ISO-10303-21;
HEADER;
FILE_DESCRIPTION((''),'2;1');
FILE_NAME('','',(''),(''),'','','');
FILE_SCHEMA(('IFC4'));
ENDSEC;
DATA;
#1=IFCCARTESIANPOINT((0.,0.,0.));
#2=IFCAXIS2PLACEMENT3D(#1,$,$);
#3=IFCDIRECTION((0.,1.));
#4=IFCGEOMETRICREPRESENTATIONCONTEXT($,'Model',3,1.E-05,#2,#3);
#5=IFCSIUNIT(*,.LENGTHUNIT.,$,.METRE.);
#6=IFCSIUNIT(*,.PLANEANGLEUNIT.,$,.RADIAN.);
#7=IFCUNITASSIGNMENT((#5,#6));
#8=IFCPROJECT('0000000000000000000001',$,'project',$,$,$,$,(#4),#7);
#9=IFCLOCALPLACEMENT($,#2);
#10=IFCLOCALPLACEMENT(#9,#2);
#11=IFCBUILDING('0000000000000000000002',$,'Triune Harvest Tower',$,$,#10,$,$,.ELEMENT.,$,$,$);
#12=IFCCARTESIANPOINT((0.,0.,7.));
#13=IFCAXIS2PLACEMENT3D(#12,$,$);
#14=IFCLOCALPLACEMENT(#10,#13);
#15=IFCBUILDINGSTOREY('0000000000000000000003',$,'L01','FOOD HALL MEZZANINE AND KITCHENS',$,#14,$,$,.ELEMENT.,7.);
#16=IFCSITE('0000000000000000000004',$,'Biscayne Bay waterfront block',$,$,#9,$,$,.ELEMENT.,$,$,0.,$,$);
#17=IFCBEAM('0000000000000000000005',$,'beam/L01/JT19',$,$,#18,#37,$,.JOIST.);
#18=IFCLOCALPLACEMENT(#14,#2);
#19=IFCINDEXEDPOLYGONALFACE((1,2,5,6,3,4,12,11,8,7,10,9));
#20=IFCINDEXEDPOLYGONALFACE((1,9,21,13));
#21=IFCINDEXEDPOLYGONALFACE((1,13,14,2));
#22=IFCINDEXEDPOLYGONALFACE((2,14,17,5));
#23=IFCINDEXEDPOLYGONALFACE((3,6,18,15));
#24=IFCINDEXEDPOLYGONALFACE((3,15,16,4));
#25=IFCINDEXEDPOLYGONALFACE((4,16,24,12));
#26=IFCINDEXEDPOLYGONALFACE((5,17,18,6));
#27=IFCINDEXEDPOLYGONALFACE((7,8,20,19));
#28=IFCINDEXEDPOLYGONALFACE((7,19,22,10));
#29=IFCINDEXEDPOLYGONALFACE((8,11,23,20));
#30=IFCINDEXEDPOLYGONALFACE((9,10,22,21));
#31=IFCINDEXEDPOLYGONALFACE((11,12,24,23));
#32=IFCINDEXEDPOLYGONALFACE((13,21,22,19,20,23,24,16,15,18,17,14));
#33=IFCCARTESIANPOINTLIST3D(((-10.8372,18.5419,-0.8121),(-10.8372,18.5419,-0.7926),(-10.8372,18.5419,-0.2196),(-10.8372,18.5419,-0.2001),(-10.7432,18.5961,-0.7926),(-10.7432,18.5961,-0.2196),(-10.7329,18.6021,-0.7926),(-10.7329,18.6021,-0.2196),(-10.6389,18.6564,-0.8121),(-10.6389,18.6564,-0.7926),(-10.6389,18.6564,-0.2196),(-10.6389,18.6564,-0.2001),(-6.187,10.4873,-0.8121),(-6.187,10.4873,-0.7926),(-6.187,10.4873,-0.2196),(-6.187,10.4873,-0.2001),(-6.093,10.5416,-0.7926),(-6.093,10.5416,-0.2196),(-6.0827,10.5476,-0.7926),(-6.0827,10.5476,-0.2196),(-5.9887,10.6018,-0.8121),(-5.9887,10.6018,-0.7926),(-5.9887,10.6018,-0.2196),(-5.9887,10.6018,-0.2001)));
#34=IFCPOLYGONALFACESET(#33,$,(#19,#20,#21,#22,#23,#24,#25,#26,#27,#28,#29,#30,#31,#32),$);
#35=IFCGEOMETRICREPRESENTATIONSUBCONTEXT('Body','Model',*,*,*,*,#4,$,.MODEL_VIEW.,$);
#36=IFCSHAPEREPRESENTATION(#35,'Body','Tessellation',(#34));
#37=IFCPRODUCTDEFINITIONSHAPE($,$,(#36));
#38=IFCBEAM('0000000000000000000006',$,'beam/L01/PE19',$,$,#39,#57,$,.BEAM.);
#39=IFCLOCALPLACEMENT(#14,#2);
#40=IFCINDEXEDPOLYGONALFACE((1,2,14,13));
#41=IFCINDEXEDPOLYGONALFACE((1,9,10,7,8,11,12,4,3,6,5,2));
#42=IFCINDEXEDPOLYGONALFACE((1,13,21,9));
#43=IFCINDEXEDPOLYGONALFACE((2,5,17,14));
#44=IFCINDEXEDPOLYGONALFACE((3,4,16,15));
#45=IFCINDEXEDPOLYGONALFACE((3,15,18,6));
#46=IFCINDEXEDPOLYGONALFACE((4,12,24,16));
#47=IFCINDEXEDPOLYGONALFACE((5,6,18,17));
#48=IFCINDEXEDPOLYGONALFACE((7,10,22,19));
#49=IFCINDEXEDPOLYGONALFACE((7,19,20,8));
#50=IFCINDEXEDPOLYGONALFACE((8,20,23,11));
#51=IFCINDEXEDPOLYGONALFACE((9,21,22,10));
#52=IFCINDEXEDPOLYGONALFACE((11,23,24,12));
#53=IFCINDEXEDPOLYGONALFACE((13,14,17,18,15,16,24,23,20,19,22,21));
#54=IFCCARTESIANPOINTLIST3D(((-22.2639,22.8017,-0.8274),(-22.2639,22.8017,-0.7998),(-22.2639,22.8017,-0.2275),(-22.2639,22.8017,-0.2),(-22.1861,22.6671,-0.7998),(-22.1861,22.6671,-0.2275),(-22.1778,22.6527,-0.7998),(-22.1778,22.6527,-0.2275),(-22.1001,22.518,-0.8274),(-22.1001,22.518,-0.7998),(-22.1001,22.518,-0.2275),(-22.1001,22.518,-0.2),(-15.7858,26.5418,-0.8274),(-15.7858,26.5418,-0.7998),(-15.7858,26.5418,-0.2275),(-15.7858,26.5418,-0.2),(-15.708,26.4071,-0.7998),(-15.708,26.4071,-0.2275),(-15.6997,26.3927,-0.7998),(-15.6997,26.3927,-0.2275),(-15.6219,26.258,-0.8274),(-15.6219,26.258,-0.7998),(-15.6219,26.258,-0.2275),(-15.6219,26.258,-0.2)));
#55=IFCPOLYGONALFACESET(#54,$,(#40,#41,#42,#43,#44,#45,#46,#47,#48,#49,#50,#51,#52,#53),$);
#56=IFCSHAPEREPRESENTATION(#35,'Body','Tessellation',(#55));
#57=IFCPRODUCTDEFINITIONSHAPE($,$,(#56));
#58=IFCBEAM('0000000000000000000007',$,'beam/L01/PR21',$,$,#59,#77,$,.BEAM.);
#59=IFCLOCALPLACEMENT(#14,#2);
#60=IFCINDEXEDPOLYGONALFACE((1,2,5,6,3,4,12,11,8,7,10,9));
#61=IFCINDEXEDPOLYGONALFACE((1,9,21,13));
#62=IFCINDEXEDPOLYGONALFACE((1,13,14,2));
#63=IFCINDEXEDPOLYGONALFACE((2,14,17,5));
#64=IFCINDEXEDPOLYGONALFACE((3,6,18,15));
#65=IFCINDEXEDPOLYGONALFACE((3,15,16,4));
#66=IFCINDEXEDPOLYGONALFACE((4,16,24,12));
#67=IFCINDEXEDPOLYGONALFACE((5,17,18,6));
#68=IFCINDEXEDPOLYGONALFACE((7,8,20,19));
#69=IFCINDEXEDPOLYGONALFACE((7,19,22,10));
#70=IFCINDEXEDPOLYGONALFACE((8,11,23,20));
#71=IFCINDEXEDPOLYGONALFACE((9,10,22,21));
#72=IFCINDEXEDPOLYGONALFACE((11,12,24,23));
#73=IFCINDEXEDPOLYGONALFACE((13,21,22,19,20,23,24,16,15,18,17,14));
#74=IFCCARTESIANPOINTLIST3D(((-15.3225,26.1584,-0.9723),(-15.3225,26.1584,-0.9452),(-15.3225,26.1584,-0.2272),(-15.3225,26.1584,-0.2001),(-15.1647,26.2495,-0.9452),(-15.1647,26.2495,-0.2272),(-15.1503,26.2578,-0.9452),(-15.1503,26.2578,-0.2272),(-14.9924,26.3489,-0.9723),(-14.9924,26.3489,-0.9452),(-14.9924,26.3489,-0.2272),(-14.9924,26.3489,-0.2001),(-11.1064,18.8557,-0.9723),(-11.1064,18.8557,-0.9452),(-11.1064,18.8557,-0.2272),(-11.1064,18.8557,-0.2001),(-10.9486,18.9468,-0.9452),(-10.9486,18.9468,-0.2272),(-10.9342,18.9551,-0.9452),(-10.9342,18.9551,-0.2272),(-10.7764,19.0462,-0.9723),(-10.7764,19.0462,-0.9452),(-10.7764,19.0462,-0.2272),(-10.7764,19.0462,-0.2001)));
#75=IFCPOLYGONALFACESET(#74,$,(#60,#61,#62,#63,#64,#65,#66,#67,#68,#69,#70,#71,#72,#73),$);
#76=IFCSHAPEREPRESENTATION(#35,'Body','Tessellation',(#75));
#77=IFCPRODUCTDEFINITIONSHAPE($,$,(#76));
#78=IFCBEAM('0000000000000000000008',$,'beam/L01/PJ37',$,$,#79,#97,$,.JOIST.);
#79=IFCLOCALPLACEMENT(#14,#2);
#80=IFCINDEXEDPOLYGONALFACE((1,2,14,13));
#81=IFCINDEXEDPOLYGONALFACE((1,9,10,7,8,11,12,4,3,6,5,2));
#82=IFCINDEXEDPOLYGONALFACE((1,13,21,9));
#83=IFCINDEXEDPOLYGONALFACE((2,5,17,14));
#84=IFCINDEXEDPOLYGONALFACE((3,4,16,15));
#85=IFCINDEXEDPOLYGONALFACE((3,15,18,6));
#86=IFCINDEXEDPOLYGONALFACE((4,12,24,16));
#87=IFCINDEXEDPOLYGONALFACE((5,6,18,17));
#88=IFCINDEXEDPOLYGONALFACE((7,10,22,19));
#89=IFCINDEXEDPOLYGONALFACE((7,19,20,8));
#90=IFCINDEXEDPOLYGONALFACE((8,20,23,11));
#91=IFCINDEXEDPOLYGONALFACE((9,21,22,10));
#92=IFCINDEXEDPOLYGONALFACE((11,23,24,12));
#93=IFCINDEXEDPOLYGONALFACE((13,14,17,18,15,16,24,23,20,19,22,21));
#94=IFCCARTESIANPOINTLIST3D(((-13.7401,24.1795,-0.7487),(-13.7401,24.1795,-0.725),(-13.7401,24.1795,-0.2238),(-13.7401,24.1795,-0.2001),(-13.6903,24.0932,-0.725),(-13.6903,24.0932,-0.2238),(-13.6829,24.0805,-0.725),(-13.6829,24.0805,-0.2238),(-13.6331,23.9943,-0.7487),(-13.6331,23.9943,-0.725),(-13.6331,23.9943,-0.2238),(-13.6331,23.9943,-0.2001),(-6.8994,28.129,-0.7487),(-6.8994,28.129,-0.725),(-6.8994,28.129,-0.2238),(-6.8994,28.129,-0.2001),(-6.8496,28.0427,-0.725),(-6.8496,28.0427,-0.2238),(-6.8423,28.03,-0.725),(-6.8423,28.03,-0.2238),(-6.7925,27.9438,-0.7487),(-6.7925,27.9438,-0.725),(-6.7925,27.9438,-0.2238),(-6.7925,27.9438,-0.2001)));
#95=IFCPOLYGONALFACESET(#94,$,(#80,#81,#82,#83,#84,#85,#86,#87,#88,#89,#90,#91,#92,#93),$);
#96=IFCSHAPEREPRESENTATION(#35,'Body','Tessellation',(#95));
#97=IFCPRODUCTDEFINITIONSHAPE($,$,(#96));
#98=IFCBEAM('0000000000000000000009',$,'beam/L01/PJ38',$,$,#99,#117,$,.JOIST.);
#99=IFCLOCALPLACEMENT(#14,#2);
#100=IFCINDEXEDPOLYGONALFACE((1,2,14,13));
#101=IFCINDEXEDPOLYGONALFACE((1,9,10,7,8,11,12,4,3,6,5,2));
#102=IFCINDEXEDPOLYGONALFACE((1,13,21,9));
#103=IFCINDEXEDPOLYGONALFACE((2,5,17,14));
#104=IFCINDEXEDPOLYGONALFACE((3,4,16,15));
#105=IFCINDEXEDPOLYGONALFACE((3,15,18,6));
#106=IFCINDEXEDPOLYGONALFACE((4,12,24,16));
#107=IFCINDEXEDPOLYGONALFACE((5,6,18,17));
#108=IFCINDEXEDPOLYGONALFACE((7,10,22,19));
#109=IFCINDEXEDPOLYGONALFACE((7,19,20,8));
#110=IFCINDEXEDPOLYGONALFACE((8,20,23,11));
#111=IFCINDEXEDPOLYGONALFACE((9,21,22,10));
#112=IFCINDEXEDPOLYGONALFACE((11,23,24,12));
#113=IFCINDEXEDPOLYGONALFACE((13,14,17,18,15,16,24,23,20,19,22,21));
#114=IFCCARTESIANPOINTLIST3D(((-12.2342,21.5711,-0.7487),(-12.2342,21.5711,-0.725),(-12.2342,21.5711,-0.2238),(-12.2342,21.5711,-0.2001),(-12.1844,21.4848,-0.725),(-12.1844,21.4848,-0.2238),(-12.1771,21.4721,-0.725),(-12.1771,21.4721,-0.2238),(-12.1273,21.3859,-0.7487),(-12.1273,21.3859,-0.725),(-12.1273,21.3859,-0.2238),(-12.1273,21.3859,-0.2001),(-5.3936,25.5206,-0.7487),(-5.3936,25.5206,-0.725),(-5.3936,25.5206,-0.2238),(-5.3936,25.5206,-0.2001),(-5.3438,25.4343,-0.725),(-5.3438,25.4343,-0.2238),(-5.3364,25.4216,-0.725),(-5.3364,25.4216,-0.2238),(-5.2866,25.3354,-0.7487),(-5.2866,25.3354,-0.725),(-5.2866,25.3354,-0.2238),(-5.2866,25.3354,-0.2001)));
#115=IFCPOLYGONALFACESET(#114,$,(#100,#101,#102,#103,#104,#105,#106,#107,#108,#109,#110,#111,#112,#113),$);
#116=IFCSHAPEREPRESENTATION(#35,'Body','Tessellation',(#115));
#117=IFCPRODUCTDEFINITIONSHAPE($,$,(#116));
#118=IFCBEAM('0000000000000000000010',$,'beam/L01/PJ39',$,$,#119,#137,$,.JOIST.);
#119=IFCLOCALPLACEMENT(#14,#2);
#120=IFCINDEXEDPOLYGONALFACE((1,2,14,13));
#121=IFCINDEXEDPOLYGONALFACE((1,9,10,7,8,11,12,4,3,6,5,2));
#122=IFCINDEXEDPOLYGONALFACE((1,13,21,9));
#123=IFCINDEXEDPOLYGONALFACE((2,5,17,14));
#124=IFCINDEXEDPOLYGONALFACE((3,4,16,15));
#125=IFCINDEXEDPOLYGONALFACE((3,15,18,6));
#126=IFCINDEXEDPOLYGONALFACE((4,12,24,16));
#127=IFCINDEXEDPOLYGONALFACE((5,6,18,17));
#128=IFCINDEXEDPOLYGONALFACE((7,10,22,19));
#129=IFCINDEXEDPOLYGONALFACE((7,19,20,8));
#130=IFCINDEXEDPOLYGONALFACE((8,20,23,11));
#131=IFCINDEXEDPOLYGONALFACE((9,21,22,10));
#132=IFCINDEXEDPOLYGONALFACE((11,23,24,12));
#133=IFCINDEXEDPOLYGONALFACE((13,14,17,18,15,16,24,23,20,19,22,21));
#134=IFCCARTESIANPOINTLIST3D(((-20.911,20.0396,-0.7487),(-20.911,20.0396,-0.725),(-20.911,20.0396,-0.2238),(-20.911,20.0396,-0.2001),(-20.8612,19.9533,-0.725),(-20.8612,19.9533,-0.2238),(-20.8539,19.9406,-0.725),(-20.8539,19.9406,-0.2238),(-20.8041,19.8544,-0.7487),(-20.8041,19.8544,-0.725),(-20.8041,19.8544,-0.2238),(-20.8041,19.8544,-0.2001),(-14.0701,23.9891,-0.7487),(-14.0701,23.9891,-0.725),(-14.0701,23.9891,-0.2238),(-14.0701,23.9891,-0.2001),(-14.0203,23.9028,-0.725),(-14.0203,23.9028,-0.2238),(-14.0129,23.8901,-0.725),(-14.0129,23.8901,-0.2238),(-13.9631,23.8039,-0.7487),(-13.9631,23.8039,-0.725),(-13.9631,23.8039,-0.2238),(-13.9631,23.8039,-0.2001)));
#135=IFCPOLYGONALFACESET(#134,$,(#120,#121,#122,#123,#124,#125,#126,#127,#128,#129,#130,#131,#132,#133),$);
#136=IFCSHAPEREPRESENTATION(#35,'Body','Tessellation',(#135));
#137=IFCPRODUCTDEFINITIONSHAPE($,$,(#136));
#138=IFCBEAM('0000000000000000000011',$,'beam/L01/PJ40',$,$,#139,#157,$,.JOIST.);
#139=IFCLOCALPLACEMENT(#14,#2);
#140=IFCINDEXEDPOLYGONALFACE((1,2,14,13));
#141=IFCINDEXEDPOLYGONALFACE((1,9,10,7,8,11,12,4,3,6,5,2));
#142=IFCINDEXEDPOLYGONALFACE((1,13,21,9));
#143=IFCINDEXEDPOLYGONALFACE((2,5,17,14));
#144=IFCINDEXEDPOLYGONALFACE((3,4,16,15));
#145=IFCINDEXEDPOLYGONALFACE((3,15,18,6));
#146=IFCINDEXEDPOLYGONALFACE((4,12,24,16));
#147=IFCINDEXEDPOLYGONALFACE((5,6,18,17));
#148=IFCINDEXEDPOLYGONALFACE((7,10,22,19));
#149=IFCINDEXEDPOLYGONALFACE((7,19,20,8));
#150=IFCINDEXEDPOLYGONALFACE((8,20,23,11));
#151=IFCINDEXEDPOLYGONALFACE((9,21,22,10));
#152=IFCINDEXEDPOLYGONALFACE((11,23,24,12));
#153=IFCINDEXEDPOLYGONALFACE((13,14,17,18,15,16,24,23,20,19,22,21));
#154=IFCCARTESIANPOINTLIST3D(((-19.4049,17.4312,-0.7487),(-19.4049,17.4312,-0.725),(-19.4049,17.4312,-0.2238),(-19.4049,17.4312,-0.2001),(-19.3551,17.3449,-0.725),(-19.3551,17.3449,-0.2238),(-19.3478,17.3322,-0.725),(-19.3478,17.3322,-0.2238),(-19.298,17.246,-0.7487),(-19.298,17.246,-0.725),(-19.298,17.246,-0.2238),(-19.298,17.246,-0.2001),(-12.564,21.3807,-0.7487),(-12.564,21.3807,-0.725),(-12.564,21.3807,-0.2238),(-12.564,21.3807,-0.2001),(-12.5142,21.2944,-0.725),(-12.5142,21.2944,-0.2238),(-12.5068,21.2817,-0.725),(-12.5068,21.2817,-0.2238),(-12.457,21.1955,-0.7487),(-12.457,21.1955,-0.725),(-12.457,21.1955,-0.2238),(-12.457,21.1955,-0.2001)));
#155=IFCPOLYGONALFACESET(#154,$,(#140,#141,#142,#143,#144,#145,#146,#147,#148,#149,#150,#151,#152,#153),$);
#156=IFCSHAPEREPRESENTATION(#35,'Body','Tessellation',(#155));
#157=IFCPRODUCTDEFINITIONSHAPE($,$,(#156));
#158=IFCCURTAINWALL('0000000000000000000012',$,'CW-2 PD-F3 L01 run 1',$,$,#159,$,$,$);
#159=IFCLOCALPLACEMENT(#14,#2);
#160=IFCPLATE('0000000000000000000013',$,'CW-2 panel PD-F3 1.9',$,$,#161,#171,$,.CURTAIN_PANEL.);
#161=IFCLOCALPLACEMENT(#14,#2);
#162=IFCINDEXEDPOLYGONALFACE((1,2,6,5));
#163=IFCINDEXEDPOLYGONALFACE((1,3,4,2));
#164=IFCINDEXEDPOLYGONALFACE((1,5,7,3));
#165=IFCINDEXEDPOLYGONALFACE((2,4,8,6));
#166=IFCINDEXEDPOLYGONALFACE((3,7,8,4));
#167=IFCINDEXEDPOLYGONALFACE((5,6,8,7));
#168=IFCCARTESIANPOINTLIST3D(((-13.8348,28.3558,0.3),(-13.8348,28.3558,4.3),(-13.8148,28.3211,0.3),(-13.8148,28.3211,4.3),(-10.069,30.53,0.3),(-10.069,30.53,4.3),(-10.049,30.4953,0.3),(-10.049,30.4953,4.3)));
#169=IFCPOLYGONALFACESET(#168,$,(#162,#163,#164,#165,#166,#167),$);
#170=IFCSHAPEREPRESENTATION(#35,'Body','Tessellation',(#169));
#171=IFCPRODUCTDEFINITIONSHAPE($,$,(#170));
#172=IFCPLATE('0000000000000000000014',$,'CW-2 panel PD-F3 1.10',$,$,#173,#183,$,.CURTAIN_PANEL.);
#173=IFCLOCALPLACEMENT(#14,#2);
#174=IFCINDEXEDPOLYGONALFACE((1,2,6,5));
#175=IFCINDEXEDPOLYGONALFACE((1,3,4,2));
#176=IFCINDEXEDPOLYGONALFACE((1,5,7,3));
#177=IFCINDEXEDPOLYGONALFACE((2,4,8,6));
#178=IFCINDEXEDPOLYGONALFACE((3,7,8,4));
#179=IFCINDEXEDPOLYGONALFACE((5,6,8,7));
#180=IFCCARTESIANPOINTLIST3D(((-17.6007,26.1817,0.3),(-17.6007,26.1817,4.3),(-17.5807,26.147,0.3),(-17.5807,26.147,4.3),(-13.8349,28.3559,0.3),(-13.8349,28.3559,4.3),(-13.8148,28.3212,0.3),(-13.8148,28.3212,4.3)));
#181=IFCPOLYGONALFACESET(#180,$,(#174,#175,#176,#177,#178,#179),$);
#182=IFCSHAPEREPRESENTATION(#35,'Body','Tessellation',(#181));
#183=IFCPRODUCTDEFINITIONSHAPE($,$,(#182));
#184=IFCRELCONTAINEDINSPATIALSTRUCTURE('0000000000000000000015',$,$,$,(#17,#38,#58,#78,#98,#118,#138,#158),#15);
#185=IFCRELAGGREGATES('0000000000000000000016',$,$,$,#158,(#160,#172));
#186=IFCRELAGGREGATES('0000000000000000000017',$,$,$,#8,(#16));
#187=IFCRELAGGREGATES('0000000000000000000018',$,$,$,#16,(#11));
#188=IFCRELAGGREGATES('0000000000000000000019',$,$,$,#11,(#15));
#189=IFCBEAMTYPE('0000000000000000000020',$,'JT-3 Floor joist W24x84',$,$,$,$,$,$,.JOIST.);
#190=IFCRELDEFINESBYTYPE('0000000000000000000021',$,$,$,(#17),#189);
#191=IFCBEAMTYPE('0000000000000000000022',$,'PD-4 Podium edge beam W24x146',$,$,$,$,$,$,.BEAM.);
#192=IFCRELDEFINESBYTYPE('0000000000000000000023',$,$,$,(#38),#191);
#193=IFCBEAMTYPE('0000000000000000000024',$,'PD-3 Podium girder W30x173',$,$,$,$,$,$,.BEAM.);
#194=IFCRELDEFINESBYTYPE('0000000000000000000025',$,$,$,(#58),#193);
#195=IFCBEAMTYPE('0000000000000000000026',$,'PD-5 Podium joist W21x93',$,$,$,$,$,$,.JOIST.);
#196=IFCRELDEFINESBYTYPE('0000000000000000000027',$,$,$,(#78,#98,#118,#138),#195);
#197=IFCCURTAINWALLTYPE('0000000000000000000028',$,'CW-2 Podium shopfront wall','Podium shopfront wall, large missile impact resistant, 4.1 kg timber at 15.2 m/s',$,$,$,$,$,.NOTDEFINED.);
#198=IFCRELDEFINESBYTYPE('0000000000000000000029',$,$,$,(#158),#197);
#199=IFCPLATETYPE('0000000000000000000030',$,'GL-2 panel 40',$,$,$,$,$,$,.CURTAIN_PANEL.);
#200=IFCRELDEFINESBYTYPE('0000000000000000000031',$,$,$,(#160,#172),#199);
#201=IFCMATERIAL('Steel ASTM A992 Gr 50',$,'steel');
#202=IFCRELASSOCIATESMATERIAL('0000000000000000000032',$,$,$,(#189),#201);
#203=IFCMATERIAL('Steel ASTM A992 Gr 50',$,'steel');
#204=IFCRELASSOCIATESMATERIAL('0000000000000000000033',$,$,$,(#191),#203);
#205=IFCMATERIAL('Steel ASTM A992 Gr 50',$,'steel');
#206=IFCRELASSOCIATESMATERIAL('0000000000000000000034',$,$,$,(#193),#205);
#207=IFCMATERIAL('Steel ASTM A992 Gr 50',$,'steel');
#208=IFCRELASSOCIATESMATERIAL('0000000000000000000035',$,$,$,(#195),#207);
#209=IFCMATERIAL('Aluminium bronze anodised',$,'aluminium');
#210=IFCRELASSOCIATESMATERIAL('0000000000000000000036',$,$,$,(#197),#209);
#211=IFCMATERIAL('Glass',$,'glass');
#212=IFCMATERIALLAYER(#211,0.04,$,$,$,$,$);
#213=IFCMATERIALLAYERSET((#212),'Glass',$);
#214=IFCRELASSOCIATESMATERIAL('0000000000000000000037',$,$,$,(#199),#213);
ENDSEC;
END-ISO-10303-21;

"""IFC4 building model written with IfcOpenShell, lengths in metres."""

from ifc_helpers import new_model, si_unit, direction, frame, origin, origin_2d, place, context, subcontext, project, spatial, rectangle, i_section, extrude, source, transform, mapped, material, layer, layer_set, material_profile, profile_set, type_object, element, aggregate, save


model = new_model("IFC4")

# Units and contexts
model_context = context("Model", 3, precision=1e-05, world=origin(), true_north=direction((0.0, 1.0)))
body_context = subcontext(model_context, "Body", "Model", "MODEL_VIEW")
ifc_project = project(units=[si_unit("LENGTHUNIT", "METRE"), si_unit("PLANEANGLEUNIT", "RADIAN")], contexts=[model_context])

# Site, building, storey
site_placement = place(None, origin())
site = spatial("IfcSite", under=ifc_project, at=site_placement, Name="Biscayne Bay waterfront block", CompositionType="ELEMENT", RefElevation=0.0)
building_placement = place(site_placement, origin())
building = spatial("IfcBuilding", under=site, at=building_placement, Name="Triune Harvest Tower", CompositionType="ELEMENT")
storey_placement = place(building_placement, frame((0.0, 0.0, 7.0)))
storey = spatial("IfcBuildingStorey", under=building, at=storey_placement, Name="L01", Description="FOOD HALL MEZZANINE AND KITCHENS", CompositionType="ELEMENT", Elevation=7.0)

# Beams
ifc_material_1 = material(Name="Steel ASTM A992 Gr 50", Category="steel")
ifc_material_profile_1 = material_profile(ifc_material_1, i_section(OverallWidth=0.229, OverallDepth=0.6121, WebThickness=0.012, FlangeThickness=0.0195, at=origin_2d()), Name="W24x84")
ifc_profile_set_1 = profile_set([ifc_material_profile_1], Name="Steel ASTM A992 Gr 50")
beam_type_1 = type_object("IfcBeamType", Name="JT-3 Floor joist W24x84", PredefinedType="JOIST", material=ifc_profile_set_1)
shared_shape_1 = source(origin(), body_context, "Body", "SweptSolid", [
    extrude(i_section(OverallWidth=0.229, OverallDepth=0.6121, WebThickness=0.012, FlangeThickness=0.0195, at=origin_2d()), origin(), (0.0, 0.0, 1.0), 9.3005),
])
beam_1_placement = place(storey_placement, frame((-10.738, 18.5991, -0.5061), z_axis=(0.499993, -0.86603, 0.0), x_axis=(0.86603, 0.499993, 0.0)))
element("IfcBeam", 1, at=beam_1_placement, inside=storey, type_object=beam_type_1, Name="beam/L01/JT19", PredefinedType="JOIST", context=body_context, shape_type="MappedRepresentation", body=[
    mapped(shared_shape_1, transform((0.0, 0.0, 0.0), scale=1.0)),
])
ifc_material_2 = material(Name="Steel ASTM A992 Gr 50", Category="steel")
ifc_material_profile_2 = material_profile(ifc_material_2, i_section(OverallWidth=0.3276, OverallDepth=0.6274, WebThickness=0.0166, FlangeThickness=0.0276, at=origin_2d()), Name="W24x146")
ifc_profile_set_2 = profile_set([ifc_material_profile_2], Name="Steel ASTM A992 Gr 50")
beam_type_2 = type_object("IfcBeamType", Name="PD-4 Podium edge beam W24x146", PredefinedType="BEAM", material=ifc_profile_set_2)
shared_shape_2 = source(origin(), body_context, "Body", "SweptSolid", [
    extrude(i_section(OverallWidth=0.3276, OverallDepth=0.6274, WebThickness=0.0166, FlangeThickness=0.0276, at=origin_2d()), origin(), (0.0, 0.0, 1.0), 7.4802),
])
beam_2_placement = place(storey_placement, frame((-15.7039, 26.3999, -0.5137), z_axis=(-0.866031, -0.49999, 0.0), x_axis=(0.49999, -0.866031, 0.0)))
element("IfcBeam", 2, at=beam_2_placement, inside=storey, type_object=beam_type_2, Name="beam/L01/PE19", PredefinedType="BEAM", context=body_context, shape_type="MappedRepresentation", body=[
    mapped(shared_shape_2, transform((0.0, 0.0, 0.0), scale=1.0)),
])
ifc_material_3 = material(Name="Steel ASTM A992 Gr 50", Category="steel")
ifc_material_profile_3 = material_profile(ifc_material_3, i_section(OverallWidth=0.3811, OverallDepth=0.7722, WebThickness=0.0166, FlangeThickness=0.0271, at=origin_2d()), Name="W30x173")
ifc_profile_set_3 = profile_set([ifc_material_profile_3], Name="Steel ASTM A992 Gr 50")
beam_type_3 = type_object("IfcBeamType", Name="PD-3 Podium girder W30x173", PredefinedType="BEAM", material=ifc_profile_set_3)
shared_shape_3 = source(origin(), body_context, "Body", "SweptSolid", [
    extrude(i_section(OverallWidth=0.3811, OverallDepth=0.7722, WebThickness=0.0166, FlangeThickness=0.0271, at=origin_2d()), origin(), (0.0, 0.0, 1.0), 8.4324),
])
beam_3_placement = place(storey_placement, frame((-15.1575, 26.2537, -0.5862), z_axis=(0.499985, -0.866034, 0.0), x_axis=(0.866034, 0.499985, 0.0)))
element("IfcBeam", 3, at=beam_3_placement, inside=storey, type_object=beam_type_3, Name="beam/L01/PR21", PredefinedType="BEAM", context=body_context, shape_type="MappedRepresentation", body=[
    mapped(shared_shape_3, transform((0.0, 0.0, 0.0), scale=1.0)),
])
ifc_material_4 = material(Name="Steel ASTM A992 Gr 50", Category="steel")
ifc_material_profile_4 = material_profile(ifc_material_4, i_section(OverallWidth=0.2139, OverallDepth=0.5486, WebThickness=0.0146, FlangeThickness=0.0237, at=origin_2d()), Name="W21x93")
ifc_profile_set_4 = profile_set([ifc_material_profile_4], Name="Steel ASTM A992 Gr 50")
beam_type_4 = type_object("IfcBeamType", Name="PD-5 Podium joist W21x93", PredefinedType="JOIST", material=ifc_profile_set_4)
shared_shape_4 = source(origin(), body_context, "Body", "SweptSolid", [
    extrude(i_section(OverallWidth=0.2139, OverallDepth=0.5486, WebThickness=0.0146, FlangeThickness=0.0237, at=origin_2d()), origin(), (0.0, 0.0, 1.0), 7.8989),
])
for number, where, z_axis, x_axis, name in (
    (4, (-6.8459, 28.0364, -0.4744), (-0.866022, -0.500005, 0.0), (0.500005, -0.866022, 0.0), "beam/L01/PJ37"),
    (5, (-5.3401, 25.428, -0.4744), (-0.866022, -0.500005, 0.0), (0.500005, -0.866022, 0.0), "beam/L01/PJ38"),
):
    element("IfcBeam", number, at=place(storey_placement, frame(where, z_axis=z_axis, x_axis=x_axis)), inside=storey, type_object=beam_type_4, Name=name, PredefinedType="JOIST", context=body_context, shape_type="MappedRepresentation", body=[
        mapped(shared_shape_4, transform((0.0, 0.0, 0.0), scale=1.0)),
    ])
shared_shape_5 = source(origin(), body_context, "Body", "SweptSolid", [
    extrude(i_section(OverallWidth=0.2139, OverallDepth=0.5486, WebThickness=0.0146, FlangeThickness=0.0237, at=origin_2d()), origin(), (0.0, 0.0, 1.0), 7.8992),
])
for number, where, z_axis, x_axis, name in (
    (6, (-14.0166, 23.8965, -0.4744), (-0.86603, -0.499992, 0.0), (0.499992, -0.86603, 0.0), "beam/L01/PJ39"),
    (7, (-12.5105, 21.2881, -0.4744), (-0.86603, -0.499992, 0.0), (0.499992, -0.86603, 0.0), "beam/L01/PJ40"),
):
    element("IfcBeam", number, at=place(storey_placement, frame(where, z_axis=z_axis, x_axis=x_axis)), inside=storey, type_object=beam_type_4, Name=name, PredefinedType="JOIST", context=body_context, shape_type="MappedRepresentation", body=[
        mapped(shared_shape_5, transform((0.0, 0.0, 0.0), scale=1.0)),
    ])

# Curtain wall, plates
ifc_material_5 = material(Name="Aluminium bronze anodised", Category="aluminium")
curtain_wall_type = type_object("IfcCurtainWallType", Name="CW-2 Podium shopfront wall", Description="Podium shopfront wall, large missile impact resistant, 4.1 kg timber at 15.2 m/s", PredefinedType="NOTDEFINED", material=ifc_material_5)
curtain_wall_placement = place(storey_placement, origin())
curtain_wall = element("IfcCurtainWall", 8, at=curtain_wall_placement, inside=storey, type_object=curtain_wall_type, Name="CW-2 PD-F3 L01 run 1")
ifc_material_6 = material(Name="Glass", Category="glass")
ifc_layer_1 = layer(ifc_material_6, 0.04)
ifc_layer_set_1 = layer_set([ifc_layer_1], Name="Glass")
plate_type = type_object("IfcPlateType", Name="GL-2 panel 40", PredefinedType="CURTAIN_PANEL", material=ifc_layer_set_1)
shared_shape_6 = source(origin(), body_context, "Body", "SweptSolid", [
    extrude(rectangle(XDim=4.3484, YDim=0.04, at=origin_2d()), origin(), (0.0, 0.0, 1.0), 4.0),
])
plate_1_placement = place(storey_placement, frame((-11.9419, 29.4255, 0.3), z_axis=(0.0, 0.0, 1.0), x_axis=(-0.866025, -0.5, 0.0)))
plate_1 = element("IfcPlate", 9, at=plate_1_placement, type_object=plate_type, Name="CW-2 panel PD-F3 1.9", PredefinedType="CURTAIN_PANEL", context=body_context, shape_type="MappedRepresentation", body=[
    mapped(shared_shape_6, transform((0.0, 0.0, 0.0), scale=1.0)),
])
plate_2_placement = place(storey_placement, frame((-15.7078, 27.2515, 0.3), z_axis=(0.0, 0.0, 1.0), x_axis=(-0.866025, -0.5, 0.0)))
plate_2 = element("IfcPlate", 10, at=plate_2_placement, type_object=plate_type, Name="CW-2 panel PD-F3 1.10", PredefinedType="CURTAIN_PANEL", context=body_context, shape_type="MappedRepresentation", body=[
    mapped(shared_shape_6, transform((0.0, 0.0, 0.0), scale=1.0)),
])
aggregate(curtain_wall, [plate_1, plate_2])

save(model, "model.ifc")
